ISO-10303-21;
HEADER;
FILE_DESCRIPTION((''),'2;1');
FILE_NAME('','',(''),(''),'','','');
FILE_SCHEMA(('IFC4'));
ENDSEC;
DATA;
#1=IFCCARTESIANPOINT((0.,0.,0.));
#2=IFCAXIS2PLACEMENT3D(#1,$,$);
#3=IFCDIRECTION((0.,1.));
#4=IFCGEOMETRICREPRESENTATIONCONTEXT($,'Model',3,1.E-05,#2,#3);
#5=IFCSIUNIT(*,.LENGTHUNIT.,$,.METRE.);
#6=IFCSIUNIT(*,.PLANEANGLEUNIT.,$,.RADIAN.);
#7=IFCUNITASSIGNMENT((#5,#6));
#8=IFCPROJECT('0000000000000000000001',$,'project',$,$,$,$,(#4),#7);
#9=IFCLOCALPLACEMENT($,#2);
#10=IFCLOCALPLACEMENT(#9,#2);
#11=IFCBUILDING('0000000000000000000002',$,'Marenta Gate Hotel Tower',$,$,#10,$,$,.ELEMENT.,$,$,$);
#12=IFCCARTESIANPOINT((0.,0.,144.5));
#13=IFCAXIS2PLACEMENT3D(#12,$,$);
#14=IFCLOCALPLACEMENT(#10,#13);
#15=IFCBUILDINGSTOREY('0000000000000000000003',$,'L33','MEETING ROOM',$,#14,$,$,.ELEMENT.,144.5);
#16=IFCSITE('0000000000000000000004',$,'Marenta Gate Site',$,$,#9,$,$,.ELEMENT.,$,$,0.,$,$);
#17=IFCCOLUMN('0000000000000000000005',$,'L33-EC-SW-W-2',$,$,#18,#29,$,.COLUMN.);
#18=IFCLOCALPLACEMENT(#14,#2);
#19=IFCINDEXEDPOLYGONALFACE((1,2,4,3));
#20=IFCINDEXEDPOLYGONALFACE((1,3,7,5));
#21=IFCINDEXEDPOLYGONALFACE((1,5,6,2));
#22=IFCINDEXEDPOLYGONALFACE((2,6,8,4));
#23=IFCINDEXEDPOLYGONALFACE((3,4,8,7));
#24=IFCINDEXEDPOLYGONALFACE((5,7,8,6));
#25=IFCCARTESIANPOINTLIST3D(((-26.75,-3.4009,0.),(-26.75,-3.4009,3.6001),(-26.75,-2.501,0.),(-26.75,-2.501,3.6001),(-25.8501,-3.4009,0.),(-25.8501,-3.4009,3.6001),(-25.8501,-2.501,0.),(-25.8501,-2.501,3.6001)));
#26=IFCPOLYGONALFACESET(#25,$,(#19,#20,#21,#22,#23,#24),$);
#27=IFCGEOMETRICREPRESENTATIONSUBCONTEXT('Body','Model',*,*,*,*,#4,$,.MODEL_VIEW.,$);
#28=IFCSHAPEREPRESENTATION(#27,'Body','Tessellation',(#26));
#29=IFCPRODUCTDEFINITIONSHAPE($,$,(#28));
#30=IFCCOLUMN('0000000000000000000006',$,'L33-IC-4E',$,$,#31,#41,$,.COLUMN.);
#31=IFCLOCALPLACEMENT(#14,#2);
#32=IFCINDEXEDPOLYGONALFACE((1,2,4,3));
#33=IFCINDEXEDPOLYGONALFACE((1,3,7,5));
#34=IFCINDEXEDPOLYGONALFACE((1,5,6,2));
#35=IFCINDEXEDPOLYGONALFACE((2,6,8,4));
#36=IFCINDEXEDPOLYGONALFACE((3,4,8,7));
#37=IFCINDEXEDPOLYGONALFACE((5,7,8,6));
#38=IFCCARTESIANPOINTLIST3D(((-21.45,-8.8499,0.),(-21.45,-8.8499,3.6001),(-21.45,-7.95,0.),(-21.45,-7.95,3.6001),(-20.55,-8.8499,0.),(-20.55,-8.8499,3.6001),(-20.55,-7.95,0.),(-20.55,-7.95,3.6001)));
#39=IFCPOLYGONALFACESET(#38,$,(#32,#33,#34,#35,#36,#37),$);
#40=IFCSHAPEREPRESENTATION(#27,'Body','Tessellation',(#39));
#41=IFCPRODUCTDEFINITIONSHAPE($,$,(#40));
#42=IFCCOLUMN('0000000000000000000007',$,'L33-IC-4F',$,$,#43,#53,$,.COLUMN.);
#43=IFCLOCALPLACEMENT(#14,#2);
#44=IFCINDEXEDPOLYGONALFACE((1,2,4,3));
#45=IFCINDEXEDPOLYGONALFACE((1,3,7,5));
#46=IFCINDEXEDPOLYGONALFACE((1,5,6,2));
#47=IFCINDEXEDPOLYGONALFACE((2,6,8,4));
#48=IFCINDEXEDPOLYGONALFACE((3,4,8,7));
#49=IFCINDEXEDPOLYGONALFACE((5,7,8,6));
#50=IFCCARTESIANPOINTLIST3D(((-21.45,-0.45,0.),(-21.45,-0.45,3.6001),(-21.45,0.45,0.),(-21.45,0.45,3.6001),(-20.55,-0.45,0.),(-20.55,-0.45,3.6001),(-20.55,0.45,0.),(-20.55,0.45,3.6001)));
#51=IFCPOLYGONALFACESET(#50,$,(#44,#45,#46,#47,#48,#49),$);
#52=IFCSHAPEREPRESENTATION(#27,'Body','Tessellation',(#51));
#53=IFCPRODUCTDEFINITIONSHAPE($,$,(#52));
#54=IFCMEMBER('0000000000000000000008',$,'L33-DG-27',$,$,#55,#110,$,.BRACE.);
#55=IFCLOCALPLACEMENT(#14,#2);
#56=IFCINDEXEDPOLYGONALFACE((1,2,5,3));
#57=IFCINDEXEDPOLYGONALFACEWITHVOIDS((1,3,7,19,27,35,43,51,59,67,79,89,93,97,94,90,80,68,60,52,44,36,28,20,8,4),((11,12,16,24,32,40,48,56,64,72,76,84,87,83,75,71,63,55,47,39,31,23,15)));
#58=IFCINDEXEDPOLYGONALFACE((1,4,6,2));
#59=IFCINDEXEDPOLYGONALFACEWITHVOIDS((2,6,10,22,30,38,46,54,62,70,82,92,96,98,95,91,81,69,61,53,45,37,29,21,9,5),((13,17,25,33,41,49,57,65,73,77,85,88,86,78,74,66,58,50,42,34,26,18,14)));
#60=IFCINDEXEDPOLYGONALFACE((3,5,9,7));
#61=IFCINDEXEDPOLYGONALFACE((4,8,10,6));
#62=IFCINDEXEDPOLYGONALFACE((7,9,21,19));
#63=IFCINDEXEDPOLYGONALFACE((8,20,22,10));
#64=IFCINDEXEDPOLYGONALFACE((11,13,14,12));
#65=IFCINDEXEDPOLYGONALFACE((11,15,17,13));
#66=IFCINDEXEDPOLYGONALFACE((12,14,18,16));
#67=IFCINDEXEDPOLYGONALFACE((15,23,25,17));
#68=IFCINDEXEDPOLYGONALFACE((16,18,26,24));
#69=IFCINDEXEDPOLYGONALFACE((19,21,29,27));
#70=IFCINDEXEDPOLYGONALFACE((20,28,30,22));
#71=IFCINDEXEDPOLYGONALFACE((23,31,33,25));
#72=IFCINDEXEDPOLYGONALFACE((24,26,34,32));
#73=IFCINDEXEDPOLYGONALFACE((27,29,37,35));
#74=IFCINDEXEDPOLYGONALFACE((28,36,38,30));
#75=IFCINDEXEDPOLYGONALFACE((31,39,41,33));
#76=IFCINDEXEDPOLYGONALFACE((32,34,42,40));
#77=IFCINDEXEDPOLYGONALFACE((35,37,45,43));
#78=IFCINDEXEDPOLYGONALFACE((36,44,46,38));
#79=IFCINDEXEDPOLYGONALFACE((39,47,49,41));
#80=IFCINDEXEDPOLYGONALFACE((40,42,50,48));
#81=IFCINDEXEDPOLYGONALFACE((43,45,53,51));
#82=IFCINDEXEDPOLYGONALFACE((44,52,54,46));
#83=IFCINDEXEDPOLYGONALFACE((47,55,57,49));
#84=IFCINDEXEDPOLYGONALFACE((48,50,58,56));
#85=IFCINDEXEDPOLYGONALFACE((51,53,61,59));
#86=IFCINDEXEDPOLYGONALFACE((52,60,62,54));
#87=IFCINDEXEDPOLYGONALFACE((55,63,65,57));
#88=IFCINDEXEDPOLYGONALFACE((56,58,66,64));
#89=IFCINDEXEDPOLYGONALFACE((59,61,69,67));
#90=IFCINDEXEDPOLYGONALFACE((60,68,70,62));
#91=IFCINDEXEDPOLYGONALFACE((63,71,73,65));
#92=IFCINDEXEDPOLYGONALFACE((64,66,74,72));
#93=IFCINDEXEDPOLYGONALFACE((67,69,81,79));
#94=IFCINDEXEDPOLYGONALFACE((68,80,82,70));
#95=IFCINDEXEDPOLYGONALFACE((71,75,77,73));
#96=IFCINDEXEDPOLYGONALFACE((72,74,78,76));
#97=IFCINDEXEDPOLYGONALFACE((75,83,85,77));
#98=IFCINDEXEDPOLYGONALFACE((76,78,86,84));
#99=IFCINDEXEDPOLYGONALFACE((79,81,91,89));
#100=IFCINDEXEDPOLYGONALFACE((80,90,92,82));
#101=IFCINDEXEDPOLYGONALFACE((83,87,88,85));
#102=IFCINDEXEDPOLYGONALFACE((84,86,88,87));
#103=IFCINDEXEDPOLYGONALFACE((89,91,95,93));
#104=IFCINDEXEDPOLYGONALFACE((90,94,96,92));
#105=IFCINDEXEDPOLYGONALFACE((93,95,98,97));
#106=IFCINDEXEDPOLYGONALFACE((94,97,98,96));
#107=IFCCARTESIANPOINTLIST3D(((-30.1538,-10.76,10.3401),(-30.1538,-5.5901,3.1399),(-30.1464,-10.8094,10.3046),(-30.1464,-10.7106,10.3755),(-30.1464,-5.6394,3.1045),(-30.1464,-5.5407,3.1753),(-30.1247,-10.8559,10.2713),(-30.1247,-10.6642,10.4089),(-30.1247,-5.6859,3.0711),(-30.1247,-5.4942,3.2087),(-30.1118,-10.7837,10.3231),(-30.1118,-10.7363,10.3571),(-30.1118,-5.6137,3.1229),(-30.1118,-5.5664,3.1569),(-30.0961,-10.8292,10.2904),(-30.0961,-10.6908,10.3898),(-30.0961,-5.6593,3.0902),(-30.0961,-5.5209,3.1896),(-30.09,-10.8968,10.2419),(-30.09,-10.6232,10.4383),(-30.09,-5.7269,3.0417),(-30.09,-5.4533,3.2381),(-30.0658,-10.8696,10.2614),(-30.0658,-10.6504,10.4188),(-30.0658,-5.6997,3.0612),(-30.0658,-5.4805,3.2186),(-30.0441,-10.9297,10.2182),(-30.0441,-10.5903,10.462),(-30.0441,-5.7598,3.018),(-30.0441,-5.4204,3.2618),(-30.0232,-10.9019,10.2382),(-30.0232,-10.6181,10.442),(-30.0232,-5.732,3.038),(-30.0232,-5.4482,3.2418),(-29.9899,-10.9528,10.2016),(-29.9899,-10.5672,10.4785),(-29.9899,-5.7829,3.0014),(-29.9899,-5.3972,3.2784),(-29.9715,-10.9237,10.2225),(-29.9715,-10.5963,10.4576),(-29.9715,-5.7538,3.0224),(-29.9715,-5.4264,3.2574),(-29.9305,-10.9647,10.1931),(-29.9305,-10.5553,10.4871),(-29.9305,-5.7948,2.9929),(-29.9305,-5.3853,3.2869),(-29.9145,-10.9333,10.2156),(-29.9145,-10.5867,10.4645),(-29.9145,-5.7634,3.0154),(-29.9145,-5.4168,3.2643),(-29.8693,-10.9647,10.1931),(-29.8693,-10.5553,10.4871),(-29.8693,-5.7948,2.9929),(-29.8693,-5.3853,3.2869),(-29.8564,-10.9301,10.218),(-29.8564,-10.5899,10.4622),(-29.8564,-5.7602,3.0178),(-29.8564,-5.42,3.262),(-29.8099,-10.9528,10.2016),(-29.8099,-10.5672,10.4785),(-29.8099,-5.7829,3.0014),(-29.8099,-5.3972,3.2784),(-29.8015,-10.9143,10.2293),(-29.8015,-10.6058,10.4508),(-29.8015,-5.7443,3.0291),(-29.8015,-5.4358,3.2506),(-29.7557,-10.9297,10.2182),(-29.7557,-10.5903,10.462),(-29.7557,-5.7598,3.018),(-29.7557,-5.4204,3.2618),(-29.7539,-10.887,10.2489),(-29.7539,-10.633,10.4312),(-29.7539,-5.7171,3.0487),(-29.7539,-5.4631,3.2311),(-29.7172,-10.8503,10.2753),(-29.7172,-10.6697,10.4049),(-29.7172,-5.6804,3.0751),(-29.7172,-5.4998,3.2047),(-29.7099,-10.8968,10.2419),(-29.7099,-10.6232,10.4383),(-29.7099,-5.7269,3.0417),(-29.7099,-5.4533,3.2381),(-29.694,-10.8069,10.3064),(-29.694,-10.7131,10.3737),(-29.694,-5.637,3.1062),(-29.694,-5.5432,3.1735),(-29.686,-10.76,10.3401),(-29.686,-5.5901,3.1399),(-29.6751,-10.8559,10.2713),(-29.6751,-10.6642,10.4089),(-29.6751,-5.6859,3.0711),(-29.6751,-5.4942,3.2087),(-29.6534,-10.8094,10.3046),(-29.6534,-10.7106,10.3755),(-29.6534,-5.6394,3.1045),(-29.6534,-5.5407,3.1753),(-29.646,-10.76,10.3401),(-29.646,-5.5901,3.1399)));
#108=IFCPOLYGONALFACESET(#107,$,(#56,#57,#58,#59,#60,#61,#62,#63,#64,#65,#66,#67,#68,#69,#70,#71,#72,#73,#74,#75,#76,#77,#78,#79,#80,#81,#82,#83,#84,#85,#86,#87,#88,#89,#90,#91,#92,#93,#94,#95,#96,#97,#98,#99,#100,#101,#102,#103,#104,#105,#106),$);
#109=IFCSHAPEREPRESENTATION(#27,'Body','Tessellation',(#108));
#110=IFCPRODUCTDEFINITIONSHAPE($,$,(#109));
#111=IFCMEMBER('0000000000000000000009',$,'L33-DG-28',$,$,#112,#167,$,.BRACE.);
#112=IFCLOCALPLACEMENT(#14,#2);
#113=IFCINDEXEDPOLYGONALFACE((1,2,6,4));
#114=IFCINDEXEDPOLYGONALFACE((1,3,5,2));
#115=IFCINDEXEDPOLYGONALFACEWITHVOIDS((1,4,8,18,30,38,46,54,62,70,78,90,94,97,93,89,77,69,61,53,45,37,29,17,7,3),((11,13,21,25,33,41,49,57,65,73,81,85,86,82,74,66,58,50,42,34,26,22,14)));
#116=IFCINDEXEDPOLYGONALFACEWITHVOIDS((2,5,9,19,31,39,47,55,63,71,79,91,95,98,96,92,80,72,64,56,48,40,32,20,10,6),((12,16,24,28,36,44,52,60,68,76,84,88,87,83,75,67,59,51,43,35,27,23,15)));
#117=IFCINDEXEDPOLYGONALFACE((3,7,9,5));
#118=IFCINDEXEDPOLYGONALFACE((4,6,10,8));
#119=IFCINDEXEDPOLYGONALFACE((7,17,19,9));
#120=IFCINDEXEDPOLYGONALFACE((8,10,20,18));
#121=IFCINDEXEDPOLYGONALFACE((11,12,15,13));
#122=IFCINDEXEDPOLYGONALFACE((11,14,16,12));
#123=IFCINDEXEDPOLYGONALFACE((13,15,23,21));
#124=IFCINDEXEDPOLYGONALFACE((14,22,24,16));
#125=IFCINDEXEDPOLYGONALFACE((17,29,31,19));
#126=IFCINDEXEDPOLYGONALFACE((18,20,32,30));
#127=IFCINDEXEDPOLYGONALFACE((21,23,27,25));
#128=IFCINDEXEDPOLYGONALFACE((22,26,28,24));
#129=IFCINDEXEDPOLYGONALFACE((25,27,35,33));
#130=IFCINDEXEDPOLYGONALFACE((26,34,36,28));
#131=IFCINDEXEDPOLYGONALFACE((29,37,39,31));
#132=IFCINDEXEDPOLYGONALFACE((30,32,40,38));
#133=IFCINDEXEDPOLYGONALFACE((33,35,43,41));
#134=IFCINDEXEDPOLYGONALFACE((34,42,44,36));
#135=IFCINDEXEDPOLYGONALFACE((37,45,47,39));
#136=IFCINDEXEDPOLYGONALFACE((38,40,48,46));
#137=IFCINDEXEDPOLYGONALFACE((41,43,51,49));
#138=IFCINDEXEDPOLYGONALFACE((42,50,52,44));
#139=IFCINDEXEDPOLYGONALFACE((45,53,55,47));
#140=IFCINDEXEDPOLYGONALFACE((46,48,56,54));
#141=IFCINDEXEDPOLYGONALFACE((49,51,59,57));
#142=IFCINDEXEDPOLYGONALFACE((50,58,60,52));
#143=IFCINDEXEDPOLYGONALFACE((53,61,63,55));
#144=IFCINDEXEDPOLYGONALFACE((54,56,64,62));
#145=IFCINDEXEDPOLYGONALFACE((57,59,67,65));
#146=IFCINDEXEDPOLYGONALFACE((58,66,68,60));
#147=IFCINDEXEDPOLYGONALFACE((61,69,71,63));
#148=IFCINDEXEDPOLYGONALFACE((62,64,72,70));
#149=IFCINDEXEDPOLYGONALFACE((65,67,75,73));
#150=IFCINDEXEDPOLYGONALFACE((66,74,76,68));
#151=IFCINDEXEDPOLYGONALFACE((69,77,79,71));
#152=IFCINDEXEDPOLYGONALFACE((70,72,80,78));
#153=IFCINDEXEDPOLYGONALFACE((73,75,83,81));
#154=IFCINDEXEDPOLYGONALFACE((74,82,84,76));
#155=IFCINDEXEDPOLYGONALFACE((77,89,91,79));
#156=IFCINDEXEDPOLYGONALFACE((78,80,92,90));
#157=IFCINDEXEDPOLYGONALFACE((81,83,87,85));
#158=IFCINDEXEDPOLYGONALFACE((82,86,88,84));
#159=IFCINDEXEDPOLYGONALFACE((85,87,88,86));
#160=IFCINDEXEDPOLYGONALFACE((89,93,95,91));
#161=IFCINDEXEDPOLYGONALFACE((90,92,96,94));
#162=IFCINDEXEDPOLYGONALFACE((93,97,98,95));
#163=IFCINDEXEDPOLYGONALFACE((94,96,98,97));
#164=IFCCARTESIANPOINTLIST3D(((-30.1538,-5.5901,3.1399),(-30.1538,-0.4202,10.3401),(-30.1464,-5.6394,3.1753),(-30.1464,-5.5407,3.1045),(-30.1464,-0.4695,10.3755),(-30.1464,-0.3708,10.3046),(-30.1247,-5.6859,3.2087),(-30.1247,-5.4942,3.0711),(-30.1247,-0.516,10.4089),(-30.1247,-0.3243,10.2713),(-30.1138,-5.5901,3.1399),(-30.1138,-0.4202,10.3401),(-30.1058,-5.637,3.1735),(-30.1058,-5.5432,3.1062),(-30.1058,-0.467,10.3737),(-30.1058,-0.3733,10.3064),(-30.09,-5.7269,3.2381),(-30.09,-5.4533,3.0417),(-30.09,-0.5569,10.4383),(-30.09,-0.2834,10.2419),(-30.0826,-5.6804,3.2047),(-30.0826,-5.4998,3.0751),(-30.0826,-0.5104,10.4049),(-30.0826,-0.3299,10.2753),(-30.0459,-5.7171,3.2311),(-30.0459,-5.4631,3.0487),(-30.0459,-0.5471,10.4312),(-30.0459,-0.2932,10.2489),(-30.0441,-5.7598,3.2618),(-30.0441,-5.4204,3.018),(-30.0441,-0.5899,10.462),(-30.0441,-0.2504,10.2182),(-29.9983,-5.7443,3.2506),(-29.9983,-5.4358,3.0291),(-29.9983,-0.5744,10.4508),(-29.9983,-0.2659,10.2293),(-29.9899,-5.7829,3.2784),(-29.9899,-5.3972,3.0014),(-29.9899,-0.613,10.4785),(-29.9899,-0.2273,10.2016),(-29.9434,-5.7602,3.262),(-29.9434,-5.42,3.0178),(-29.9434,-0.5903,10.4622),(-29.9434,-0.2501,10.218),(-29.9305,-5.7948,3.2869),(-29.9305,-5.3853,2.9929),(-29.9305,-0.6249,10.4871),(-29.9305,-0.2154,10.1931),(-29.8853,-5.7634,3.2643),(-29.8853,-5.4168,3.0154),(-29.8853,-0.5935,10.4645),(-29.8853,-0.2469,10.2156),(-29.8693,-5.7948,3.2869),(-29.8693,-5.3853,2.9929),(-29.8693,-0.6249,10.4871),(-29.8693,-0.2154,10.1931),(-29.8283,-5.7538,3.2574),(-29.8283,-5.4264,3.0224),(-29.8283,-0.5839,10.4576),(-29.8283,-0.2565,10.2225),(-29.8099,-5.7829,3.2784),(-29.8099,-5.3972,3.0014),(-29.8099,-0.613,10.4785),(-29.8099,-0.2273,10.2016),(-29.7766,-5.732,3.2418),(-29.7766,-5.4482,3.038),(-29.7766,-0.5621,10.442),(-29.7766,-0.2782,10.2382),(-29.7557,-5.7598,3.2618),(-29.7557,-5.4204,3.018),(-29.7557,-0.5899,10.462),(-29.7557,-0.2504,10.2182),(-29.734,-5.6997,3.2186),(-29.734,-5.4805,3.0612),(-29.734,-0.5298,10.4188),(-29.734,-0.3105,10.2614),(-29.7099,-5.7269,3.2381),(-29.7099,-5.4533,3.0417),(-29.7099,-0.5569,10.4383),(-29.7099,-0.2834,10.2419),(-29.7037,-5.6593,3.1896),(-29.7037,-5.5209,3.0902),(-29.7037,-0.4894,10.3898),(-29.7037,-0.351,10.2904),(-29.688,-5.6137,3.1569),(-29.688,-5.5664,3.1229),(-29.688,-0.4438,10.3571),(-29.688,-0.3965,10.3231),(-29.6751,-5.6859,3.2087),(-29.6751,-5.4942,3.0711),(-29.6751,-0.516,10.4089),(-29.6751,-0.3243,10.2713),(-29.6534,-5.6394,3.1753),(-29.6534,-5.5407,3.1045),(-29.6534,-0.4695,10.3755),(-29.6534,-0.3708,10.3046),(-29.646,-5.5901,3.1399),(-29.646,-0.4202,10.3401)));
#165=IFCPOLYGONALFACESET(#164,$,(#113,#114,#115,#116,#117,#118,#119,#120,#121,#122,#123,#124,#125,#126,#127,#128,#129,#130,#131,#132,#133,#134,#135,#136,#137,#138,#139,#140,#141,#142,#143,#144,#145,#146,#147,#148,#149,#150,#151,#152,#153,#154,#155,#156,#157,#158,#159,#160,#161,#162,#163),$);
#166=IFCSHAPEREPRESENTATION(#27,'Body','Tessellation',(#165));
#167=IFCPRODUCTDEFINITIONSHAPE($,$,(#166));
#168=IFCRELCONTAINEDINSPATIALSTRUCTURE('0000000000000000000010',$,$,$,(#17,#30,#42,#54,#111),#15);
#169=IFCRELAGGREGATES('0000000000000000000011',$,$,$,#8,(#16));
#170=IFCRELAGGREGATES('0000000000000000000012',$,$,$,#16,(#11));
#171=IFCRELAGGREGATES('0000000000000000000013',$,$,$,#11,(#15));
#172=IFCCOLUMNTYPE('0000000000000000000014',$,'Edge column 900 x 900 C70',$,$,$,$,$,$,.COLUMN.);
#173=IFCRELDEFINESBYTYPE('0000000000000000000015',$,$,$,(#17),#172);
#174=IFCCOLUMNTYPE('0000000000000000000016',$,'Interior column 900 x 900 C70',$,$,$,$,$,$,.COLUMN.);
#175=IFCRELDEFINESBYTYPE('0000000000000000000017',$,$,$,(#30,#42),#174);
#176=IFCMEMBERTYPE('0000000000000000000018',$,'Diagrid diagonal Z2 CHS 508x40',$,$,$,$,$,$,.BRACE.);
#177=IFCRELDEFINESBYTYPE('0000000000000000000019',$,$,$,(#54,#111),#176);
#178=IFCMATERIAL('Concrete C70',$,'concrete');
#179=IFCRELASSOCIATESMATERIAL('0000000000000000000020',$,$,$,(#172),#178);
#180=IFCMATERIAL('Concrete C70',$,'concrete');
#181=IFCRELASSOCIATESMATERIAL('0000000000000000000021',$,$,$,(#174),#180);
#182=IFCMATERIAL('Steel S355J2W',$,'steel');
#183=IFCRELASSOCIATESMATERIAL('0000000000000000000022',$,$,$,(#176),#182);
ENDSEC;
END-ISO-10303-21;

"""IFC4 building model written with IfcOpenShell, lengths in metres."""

from ifc_helpers import new_model, si_unit, direction, frame, origin, origin_2d, place, context, subcontext, project, spatial, rectangle, hollow_circle, extrude, material, material_profile, profile_set, type_object, element, save


model = new_model("IFC4")

# Units and contexts
model_context = context("Model", 3, precision=1e-05, world=origin(), true_north=direction((0.0, 1.0)))
body_context = subcontext(model_context, "Body", "Model", "MODEL_VIEW")
ifc_project = project(units=[si_unit("LENGTHUNIT", "METRE"), si_unit("PLANEANGLEUNIT", "RADIAN")], contexts=[model_context])

# Site, building, storey
site_placement = place(None, origin())
site = spatial("IfcSite", under=ifc_project, at=site_placement, Name="Marenta Gate Site", CompositionType="ELEMENT", RefElevation=0.0)
building_placement = place(site_placement, origin())
building = spatial("IfcBuilding", under=site, at=building_placement, Name="Marenta Gate Hotel Tower", CompositionType="ELEMENT")
storey_placement = place(building_placement, frame((0.0, 0.0, 144.5)))
storey = spatial("IfcBuildingStorey", under=building, at=storey_placement, Name="L33", Description="MEETING ROOM", CompositionType="ELEMENT", Elevation=144.5)

# Columns
ifc_material_1 = material(Name="Concrete C70", Category="concrete")
ifc_material_profile_1 = material_profile(ifc_material_1, rectangle(XDim=0.8999, YDim=0.8999, at=origin_2d()), Name="900 x 900")
ifc_profile_set_1 = profile_set([ifc_material_profile_1], Name="Concrete C70")
column_type_1 = type_object("IfcColumnType", Name="Edge column 900 x 900 C70", PredefinedType="COLUMN", material=ifc_profile_set_1)
column_placement = place(storey_placement, frame((-26.3, -2.9509, 0.0), z_axis=(0.0, 0.0, 1.0), x_axis=(1.0, 0.0, 0.0)))
element("IfcColumn", 1, at=column_placement, inside=storey, type_object=column_type_1, Name="L33-EC-SW-W-2", PredefinedType="COLUMN", context=body_context, shape_type="SweptSolid", body=[
    extrude(rectangle(XDim=0.8999, YDim=0.8999, at=origin_2d()), origin(), (0.0, 0.0, 1.0), 3.6001),
])
ifc_material_2 = material(Name="Concrete C70", Category="concrete")
ifc_material_profile_2 = material_profile(ifc_material_2, rectangle(XDim=0.8999, YDim=0.8999, at=origin_2d()), Name="900 x 900")
ifc_profile_set_2 = profile_set([ifc_material_profile_2], Name="Concrete C70")
column_type_2 = type_object("IfcColumnType", Name="Interior column 900 x 900 C70", PredefinedType="COLUMN", material=ifc_profile_set_2)
for number, where, z_axis, x_axis, name in (
    (2, (-21.0, -8.3999, 0.0), (0.0, 0.0, 1.0), (1.0, 0.0, 0.0), "L33-IC-4E"),
    (3, (-21.0, 0.0, 0.0), (0.0, 0.0, 1.0), (1.0, 0.0, 0.0), "L33-IC-4F"),
):
    element("IfcColumn", number, at=place(storey_placement, frame(where, z_axis=z_axis, x_axis=x_axis)), inside=storey, type_object=column_type_2, Name=name, PredefinedType="COLUMN", context=body_context, shape_type="SweptSolid", body=[
        extrude(rectangle(XDim=0.8999, YDim=0.8999, at=origin_2d()), origin(), (0.0, 0.0, 1.0), 3.6001),
    ])

# Members
ifc_material_3 = material(Name="Steel S355J2W", Category="steel")
ifc_material_profile_3 = material_profile(ifc_material_3, hollow_circle(Radius=0.2539, WallThickness=0.04, at=origin_2d()), Name="CHS 508x40")
ifc_profile_set_3 = profile_set([ifc_material_profile_3], Name="Steel S355J2W")
member_type_1 = type_object("IfcMemberType", Name="Diagrid diagonal Z2 CHS 508x40", PredefinedType="BRACE", material=ifc_profile_set_3)
for number, where, z_axis, x_axis, name in (
    (4, (-29.8999, -5.5901, 3.1399), (0.0, -0.583248, 0.812294), (1.0, 0.0, 0.0), "L33-DG-27"),
    (5, (-29.8999, -5.5901, 3.1399), (0.0, 0.583248, 0.812294), (-1.0, 0.0, 0.0), "L33-DG-28"),
):
    element("IfcMember", number, at=place(storey_placement, frame(where, z_axis=z_axis, x_axis=x_axis)), inside=storey, type_object=member_type_1, Name=name, PredefinedType="BRACE", context=body_context, shape_type="SweptSolid", body=[
        extrude(hollow_circle(Radius=0.2539, WallThickness=0.04, at=origin_2d()), origin(), (0.0, 0.0, 1.0), 8.864),
    ])

save(model, "model.ifc")
